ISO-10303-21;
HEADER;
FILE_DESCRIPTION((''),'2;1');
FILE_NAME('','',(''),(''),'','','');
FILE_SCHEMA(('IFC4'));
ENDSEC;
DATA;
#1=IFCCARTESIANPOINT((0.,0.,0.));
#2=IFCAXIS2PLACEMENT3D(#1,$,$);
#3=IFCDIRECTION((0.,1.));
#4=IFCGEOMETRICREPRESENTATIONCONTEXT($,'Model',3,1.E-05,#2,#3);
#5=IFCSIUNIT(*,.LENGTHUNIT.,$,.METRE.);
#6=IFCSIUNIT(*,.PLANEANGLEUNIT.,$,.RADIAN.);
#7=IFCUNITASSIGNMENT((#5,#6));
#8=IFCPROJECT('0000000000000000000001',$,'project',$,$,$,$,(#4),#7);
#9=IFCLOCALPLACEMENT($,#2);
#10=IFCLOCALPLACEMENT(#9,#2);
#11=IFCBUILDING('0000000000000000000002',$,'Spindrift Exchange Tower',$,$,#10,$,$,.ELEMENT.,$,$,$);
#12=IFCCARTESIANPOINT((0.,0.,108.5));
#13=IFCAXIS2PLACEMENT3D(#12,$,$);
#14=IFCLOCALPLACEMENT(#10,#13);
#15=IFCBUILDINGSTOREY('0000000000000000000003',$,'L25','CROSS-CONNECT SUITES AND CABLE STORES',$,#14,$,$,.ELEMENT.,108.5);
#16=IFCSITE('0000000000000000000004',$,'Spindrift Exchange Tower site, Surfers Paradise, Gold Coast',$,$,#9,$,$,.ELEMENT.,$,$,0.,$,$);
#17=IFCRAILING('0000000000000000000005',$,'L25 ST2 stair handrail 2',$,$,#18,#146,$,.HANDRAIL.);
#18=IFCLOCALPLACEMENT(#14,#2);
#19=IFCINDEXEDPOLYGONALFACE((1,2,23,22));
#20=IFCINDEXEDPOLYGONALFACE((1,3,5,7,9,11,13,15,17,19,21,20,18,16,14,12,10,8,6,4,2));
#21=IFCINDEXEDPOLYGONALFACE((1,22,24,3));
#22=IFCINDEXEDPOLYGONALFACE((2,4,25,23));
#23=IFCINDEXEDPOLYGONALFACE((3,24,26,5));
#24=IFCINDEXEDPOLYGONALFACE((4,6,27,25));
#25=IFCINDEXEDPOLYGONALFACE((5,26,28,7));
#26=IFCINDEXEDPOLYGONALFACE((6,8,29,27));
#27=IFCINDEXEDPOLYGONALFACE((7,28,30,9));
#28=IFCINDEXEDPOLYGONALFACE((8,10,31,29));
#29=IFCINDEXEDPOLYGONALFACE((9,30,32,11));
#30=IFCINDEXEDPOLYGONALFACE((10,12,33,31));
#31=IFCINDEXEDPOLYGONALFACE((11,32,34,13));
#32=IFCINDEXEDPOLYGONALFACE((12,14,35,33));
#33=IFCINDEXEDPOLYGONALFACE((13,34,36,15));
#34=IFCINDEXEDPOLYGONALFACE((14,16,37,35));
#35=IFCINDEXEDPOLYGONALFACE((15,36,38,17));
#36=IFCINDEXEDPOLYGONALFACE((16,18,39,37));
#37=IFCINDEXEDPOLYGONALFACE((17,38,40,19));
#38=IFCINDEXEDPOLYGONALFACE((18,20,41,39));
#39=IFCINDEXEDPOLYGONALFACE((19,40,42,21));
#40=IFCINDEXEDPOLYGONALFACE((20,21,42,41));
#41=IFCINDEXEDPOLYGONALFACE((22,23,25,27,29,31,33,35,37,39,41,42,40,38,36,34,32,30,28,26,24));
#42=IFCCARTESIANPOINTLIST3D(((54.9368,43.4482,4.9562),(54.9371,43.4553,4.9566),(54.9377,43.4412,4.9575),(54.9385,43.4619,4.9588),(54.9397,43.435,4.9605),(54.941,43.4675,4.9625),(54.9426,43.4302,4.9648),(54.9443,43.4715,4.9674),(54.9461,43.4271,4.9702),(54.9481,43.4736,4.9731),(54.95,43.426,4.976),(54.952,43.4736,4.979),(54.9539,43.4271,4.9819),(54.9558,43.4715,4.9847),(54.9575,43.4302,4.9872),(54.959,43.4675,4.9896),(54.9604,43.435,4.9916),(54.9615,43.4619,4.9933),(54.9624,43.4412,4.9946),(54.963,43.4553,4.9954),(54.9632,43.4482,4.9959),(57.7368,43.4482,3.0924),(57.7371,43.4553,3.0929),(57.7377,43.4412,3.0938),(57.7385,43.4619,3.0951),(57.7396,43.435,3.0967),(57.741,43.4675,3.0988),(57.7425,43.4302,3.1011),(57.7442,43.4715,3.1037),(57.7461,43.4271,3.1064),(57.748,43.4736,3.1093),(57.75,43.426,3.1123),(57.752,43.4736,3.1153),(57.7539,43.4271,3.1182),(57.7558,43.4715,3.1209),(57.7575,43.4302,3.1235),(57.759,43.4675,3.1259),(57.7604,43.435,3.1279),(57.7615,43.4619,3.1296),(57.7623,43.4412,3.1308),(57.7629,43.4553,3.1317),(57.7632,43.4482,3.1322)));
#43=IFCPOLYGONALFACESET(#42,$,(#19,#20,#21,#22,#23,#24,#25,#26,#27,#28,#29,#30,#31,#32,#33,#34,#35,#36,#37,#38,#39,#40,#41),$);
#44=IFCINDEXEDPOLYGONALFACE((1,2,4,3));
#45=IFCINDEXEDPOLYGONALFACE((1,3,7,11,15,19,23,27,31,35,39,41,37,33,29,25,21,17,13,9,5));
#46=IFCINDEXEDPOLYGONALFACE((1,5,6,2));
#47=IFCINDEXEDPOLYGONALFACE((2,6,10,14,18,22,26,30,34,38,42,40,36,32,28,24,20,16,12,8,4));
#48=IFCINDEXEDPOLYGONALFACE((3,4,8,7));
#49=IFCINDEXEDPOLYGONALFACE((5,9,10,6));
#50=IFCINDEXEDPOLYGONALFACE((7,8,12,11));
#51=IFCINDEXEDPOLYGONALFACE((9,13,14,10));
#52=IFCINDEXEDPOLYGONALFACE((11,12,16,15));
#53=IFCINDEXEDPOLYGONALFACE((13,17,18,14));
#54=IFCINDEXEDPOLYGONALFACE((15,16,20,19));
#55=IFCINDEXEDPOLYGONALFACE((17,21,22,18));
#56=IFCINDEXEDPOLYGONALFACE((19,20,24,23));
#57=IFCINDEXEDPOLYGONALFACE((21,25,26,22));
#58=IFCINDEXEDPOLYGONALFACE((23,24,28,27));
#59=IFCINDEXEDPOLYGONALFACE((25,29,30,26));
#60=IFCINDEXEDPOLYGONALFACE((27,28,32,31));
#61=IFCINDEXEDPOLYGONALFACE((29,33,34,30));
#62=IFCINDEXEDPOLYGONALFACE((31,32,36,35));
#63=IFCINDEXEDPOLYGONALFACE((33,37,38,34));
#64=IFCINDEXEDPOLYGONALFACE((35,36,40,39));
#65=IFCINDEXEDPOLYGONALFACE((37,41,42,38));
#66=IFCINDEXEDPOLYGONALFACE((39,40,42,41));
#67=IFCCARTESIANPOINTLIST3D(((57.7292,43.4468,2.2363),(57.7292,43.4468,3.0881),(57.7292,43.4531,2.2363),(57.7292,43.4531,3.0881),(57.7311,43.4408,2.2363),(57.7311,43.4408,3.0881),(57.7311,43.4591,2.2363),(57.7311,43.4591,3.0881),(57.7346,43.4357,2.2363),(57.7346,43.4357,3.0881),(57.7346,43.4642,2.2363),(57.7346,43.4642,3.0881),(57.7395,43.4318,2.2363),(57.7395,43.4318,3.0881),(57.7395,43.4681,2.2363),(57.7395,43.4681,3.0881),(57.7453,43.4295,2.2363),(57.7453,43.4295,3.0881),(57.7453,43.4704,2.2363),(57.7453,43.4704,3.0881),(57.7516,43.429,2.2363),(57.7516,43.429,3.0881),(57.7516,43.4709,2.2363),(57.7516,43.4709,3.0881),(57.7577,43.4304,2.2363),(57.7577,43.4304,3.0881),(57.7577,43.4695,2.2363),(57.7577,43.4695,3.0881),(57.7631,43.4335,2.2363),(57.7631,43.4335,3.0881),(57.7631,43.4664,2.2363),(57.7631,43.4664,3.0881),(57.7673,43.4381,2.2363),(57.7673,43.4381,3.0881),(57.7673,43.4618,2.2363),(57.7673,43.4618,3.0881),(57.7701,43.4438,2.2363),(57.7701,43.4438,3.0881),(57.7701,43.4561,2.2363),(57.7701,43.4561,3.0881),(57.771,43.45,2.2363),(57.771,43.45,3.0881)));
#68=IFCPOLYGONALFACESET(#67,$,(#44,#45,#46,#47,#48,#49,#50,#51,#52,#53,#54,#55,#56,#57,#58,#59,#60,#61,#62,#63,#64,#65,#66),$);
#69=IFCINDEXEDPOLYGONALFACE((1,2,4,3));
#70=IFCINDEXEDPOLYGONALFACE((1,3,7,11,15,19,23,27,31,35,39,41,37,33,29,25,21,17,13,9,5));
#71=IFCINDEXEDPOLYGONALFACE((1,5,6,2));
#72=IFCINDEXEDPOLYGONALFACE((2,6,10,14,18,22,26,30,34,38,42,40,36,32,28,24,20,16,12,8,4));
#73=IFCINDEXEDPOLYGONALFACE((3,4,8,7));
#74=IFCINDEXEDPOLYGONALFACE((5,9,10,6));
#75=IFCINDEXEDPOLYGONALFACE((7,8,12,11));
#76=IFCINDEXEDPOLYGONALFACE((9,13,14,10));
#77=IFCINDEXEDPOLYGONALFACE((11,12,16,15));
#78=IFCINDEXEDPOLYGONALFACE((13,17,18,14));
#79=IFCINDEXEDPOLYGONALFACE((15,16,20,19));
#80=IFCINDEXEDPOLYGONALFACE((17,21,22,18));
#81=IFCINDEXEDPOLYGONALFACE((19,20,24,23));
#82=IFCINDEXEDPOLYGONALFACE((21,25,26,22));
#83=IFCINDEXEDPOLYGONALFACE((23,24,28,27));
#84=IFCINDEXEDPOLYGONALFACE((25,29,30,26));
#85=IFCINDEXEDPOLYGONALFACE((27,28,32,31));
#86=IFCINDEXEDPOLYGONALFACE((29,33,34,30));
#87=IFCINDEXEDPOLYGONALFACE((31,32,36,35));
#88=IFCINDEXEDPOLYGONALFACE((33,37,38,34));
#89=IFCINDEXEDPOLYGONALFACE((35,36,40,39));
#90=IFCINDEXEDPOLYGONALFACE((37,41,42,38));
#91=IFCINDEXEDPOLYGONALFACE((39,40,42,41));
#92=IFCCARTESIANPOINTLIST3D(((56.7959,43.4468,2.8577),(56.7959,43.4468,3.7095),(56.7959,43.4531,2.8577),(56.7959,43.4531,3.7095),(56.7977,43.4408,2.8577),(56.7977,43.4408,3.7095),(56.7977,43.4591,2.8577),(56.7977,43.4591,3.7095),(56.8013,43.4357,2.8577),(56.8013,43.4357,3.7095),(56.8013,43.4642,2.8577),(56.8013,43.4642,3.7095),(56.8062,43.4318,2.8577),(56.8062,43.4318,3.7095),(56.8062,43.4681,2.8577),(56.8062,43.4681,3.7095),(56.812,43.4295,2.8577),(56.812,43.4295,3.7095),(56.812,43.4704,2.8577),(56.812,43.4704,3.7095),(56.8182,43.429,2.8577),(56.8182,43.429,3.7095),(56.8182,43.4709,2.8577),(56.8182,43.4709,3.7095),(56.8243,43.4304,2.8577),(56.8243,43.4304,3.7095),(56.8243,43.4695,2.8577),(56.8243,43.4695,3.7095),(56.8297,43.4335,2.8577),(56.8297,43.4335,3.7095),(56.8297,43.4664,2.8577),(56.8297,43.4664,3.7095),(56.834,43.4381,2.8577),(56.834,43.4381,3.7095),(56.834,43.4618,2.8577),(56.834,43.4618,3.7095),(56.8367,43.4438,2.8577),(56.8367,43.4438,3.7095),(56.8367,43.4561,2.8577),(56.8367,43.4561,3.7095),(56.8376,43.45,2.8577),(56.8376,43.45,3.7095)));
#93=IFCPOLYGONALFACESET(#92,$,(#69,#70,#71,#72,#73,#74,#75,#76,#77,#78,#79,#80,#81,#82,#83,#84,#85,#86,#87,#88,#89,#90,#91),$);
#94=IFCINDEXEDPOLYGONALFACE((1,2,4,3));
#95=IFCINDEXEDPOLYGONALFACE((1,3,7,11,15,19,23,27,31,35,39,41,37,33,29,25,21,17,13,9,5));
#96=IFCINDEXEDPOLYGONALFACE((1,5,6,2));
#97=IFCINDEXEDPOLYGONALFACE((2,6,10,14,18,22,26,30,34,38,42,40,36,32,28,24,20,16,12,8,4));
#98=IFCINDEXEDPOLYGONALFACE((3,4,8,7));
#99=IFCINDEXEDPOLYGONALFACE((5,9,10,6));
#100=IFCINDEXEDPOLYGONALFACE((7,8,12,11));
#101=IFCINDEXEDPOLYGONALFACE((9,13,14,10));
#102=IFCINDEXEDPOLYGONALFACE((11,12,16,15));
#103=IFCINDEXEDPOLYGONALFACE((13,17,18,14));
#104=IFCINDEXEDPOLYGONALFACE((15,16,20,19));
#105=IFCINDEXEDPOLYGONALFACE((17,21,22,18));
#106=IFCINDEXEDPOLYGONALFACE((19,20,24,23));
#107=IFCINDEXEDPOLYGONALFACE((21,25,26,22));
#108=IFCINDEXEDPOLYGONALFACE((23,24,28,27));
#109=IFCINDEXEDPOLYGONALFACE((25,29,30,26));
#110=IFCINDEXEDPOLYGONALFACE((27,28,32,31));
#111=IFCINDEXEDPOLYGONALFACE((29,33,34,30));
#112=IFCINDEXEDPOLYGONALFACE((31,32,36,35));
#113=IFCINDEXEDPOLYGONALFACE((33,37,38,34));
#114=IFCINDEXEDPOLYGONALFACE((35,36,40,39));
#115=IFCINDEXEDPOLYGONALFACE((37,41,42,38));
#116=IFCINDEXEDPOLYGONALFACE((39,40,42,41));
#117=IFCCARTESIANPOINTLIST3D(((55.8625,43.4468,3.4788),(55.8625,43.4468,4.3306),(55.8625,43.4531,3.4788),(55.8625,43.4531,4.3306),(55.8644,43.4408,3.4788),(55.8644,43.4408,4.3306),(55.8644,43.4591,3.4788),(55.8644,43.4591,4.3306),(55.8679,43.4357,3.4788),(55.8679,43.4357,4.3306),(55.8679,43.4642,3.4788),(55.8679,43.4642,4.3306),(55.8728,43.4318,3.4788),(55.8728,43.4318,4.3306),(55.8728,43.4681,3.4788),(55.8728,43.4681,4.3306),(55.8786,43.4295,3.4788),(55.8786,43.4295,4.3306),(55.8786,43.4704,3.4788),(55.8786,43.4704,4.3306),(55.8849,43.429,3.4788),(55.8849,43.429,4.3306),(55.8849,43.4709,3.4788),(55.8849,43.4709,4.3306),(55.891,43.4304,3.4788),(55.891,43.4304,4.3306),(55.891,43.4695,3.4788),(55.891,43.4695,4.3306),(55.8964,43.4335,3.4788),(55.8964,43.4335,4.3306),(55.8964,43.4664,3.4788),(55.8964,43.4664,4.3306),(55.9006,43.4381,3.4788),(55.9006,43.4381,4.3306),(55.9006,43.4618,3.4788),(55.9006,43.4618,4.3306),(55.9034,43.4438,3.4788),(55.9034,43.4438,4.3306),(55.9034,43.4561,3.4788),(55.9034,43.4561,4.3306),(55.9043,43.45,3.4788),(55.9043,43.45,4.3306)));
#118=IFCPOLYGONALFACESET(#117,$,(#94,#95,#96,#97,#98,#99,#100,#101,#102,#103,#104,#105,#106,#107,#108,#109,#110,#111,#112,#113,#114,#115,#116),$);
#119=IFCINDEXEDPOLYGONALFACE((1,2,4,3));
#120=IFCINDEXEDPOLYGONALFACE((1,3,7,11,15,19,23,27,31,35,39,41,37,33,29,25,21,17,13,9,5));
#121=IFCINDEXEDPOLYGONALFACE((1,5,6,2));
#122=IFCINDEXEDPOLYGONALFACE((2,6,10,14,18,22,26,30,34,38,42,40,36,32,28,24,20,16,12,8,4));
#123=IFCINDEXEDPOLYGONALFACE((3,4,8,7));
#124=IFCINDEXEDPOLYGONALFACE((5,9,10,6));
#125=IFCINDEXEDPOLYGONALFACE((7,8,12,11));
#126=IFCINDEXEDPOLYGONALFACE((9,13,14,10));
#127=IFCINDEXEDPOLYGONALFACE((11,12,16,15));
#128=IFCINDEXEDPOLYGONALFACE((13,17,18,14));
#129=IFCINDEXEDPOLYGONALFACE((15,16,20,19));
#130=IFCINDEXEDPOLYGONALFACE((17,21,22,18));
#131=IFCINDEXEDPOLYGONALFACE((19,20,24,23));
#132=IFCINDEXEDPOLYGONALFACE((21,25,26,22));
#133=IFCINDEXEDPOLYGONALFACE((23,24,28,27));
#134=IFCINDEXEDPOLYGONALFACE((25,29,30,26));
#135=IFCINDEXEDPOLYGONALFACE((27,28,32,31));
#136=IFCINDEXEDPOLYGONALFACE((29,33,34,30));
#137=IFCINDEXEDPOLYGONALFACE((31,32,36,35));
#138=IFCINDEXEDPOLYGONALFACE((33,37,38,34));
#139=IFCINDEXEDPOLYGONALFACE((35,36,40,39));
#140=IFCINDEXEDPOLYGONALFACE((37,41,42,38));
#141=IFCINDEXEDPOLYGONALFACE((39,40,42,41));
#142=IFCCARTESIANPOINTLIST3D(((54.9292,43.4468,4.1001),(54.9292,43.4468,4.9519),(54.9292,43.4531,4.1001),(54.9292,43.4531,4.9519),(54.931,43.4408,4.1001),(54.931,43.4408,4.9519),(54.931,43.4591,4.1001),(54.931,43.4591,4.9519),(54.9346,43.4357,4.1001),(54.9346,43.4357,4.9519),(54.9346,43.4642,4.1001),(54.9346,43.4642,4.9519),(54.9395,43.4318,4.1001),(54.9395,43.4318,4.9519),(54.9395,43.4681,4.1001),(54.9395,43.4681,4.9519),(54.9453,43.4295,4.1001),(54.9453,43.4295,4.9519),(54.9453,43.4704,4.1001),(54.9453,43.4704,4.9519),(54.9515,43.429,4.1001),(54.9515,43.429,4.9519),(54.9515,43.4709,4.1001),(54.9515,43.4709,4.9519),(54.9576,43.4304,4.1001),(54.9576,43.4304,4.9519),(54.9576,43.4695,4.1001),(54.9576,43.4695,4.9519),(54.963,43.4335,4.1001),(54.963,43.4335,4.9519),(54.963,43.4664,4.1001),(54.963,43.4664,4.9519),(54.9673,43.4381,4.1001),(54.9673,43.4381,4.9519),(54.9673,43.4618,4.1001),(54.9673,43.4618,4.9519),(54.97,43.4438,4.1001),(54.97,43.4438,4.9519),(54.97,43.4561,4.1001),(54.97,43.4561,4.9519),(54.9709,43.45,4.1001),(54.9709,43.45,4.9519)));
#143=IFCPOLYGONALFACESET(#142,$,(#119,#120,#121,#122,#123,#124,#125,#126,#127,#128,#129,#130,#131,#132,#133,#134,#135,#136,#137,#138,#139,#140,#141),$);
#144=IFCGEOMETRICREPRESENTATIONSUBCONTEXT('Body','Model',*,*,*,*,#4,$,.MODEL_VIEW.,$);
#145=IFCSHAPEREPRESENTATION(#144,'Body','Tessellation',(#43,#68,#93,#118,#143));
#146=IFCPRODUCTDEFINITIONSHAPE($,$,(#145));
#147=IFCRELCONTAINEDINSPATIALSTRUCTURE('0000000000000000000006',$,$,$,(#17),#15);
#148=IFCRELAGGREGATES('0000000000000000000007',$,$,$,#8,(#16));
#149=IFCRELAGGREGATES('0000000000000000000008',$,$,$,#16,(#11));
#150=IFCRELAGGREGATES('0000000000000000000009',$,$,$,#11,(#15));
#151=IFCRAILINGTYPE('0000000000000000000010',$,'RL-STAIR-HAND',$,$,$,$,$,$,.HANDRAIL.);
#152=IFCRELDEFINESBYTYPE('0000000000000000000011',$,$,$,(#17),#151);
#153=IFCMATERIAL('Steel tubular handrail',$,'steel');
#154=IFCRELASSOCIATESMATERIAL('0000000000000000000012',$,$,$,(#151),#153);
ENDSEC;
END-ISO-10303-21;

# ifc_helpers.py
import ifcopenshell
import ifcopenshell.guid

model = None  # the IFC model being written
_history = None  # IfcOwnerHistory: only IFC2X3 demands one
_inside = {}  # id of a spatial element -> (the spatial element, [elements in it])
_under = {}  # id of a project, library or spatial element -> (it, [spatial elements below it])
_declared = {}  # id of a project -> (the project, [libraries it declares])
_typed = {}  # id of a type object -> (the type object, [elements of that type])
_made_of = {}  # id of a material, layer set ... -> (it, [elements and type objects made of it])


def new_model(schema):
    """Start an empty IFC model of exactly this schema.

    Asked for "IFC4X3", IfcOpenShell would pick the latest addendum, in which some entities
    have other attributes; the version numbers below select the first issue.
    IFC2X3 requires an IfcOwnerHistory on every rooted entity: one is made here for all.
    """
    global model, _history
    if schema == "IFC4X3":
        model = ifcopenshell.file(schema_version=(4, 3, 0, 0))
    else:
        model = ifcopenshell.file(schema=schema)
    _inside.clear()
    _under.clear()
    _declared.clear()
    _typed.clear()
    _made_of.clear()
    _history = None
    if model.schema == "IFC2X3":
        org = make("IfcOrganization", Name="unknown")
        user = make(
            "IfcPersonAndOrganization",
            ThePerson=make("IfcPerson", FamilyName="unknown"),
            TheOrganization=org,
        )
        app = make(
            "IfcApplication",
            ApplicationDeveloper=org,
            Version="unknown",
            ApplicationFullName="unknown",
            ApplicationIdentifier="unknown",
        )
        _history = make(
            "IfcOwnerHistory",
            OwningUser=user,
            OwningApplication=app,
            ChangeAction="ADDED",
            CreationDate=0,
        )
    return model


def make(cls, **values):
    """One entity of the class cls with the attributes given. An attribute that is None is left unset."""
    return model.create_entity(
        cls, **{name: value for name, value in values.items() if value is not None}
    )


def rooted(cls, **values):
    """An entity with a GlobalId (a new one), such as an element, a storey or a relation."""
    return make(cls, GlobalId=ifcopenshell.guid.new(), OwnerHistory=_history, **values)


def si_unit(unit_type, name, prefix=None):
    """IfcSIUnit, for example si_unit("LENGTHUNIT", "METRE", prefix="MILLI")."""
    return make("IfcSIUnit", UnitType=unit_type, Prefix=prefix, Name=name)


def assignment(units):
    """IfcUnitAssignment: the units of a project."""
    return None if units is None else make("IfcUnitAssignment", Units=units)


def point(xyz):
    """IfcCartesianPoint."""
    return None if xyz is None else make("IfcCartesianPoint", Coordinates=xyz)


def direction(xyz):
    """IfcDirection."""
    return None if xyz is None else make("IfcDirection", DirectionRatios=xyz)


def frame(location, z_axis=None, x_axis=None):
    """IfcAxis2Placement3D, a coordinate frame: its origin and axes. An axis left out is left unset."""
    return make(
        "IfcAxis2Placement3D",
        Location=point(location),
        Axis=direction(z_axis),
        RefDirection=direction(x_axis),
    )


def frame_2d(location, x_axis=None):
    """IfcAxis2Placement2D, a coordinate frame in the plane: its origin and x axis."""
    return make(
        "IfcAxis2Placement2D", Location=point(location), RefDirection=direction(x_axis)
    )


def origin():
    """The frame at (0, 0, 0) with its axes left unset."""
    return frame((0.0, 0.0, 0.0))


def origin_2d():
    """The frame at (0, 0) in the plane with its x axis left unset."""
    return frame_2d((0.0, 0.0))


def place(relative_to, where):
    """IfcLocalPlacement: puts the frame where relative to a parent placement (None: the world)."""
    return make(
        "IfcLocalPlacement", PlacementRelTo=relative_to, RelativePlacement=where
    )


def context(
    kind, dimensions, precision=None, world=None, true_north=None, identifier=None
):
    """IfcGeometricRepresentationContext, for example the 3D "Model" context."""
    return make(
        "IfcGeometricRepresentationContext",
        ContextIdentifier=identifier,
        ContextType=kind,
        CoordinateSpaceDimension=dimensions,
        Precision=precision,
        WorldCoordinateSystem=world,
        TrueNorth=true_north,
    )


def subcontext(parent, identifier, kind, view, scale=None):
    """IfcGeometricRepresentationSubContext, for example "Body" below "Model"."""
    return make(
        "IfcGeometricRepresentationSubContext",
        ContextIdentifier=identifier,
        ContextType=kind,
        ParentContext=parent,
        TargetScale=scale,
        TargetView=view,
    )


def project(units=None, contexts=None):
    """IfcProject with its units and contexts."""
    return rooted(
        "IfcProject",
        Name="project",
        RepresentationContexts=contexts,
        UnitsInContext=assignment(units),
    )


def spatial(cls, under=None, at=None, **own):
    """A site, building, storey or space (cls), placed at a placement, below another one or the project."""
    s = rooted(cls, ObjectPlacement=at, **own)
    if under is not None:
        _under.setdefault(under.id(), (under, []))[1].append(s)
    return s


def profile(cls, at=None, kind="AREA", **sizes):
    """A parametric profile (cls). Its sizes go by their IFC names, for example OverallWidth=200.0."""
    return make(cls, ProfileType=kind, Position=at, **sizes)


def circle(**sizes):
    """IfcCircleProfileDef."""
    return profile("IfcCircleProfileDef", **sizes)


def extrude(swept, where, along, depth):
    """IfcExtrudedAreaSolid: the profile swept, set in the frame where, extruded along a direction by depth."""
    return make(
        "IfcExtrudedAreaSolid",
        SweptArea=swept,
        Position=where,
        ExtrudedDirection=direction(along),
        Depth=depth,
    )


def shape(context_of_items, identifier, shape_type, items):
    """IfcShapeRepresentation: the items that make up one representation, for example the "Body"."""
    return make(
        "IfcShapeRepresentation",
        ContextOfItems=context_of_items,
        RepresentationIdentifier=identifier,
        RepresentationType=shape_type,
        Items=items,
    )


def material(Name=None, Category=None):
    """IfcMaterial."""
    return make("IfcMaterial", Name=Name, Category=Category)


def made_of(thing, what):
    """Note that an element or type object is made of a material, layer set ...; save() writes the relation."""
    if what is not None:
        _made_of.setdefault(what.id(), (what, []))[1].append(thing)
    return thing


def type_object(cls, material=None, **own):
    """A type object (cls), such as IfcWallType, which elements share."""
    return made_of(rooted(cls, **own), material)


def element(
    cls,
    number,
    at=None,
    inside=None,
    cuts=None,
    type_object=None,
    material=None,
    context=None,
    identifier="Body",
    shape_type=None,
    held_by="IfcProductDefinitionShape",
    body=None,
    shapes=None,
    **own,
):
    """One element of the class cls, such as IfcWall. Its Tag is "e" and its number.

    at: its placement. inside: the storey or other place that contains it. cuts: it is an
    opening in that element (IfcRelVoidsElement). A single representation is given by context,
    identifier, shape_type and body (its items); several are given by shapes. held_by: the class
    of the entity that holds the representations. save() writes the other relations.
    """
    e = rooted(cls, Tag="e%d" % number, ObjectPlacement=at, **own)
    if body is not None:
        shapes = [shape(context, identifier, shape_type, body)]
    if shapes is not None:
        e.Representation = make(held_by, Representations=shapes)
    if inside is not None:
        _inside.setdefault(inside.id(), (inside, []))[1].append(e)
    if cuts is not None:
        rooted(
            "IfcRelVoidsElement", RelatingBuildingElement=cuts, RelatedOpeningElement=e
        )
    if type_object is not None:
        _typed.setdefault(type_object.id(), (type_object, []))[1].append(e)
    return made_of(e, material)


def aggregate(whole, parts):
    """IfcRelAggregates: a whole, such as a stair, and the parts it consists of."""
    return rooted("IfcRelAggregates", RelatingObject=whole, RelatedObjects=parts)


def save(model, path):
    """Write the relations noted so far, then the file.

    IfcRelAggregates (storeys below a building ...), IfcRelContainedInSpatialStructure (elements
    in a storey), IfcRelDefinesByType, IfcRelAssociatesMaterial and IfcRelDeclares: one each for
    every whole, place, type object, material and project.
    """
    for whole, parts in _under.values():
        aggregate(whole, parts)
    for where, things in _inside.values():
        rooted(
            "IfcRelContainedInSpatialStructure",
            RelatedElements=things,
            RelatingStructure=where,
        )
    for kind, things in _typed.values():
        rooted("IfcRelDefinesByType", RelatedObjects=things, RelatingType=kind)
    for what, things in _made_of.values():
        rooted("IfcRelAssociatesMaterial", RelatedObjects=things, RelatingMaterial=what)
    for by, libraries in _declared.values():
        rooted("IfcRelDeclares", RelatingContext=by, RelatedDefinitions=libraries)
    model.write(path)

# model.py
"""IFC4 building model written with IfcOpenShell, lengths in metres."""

from ifc_helpers import new_model, si_unit, direction, frame, origin, origin_2d, place, context, subcontext, project, spatial, circle, extrude, material, type_object, element, save


model = new_model("IFC4")

# Units and contexts
model_context = context("Model", 3, precision=1e-05, world=origin(), true_north=direction((0.0, 1.0)))
body_context = subcontext(model_context, "Body", "Model", "MODEL_VIEW")
ifc_project = project(units=[si_unit("LENGTHUNIT", "METRE"), si_unit("PLANEANGLEUNIT", "RADIAN")], contexts=[model_context])

# Site, building, storey
site_placement = place(None, origin())
site = spatial("IfcSite", under=ifc_project, at=site_placement, Name="Spindrift Exchange Tower site, Surfers Paradise, Gold Coast", CompositionType="ELEMENT", RefElevation=0.0)
building_placement = place(site_placement, origin())
building = spatial("IfcBuilding", under=site, at=building_placement, Name="Spindrift Exchange Tower", CompositionType="ELEMENT")
storey_placement = place(building_placement, frame((0.0, 0.0, 108.5)))
storey = spatial("IfcBuildingStorey", under=building, at=storey_placement, Name="L25", Description="CROSS-CONNECT SUITES AND CABLE STORES", CompositionType="ELEMENT", Elevation=108.5)

# Railing
ifc_material_1 = material(Name="Steel tubular handrail", Category="steel")
railing_type_1 = type_object("IfcRailingType", Name="RL-STAIR-HAND", PredefinedType="HANDRAIL", material=ifc_material_1)
railing_1_placement = place(storey_placement, frame((57.75, 43.45, 2.2363)))
element("IfcRailing", 1, at=railing_1_placement, inside=storey, type_object=railing_type_1, Name="L25 ST2 stair handrail 2", PredefinedType="HANDRAIL", context=body_context, shape_type="SweptSolid", body=[
    extrude(circle(Radius=0.0239, at=origin_2d()), frame((0.0, 0.0, 0.876), z_axis=(-0.832452, 0.0, 0.554097), x_axis=(0.0, -1.0, 0.0)), (0.0, 0.0, 1.0), 3.3635),
    extrude(circle(Radius=0.021, at=origin_2d()), origin(), (0.0, 0.0, 1.0), 0.8518),
    extrude(circle(Radius=0.021, at=origin_2d()), frame((-0.9333, 0.0, 0.6213)), (0.0, 0.0, 1.0), 0.8518),
    extrude(circle(Radius=0.021, at=origin_2d()), frame((-1.8667, 0.0, 1.2424)), (0.0, 0.0, 1.0), 0.8518),
    extrude(circle(Radius=0.021, at=origin_2d()), frame((-2.8, 0.0, 1.8638)), (0.0, 0.0, 1.0), 0.8518),
])

save(model, "model.ifc")
